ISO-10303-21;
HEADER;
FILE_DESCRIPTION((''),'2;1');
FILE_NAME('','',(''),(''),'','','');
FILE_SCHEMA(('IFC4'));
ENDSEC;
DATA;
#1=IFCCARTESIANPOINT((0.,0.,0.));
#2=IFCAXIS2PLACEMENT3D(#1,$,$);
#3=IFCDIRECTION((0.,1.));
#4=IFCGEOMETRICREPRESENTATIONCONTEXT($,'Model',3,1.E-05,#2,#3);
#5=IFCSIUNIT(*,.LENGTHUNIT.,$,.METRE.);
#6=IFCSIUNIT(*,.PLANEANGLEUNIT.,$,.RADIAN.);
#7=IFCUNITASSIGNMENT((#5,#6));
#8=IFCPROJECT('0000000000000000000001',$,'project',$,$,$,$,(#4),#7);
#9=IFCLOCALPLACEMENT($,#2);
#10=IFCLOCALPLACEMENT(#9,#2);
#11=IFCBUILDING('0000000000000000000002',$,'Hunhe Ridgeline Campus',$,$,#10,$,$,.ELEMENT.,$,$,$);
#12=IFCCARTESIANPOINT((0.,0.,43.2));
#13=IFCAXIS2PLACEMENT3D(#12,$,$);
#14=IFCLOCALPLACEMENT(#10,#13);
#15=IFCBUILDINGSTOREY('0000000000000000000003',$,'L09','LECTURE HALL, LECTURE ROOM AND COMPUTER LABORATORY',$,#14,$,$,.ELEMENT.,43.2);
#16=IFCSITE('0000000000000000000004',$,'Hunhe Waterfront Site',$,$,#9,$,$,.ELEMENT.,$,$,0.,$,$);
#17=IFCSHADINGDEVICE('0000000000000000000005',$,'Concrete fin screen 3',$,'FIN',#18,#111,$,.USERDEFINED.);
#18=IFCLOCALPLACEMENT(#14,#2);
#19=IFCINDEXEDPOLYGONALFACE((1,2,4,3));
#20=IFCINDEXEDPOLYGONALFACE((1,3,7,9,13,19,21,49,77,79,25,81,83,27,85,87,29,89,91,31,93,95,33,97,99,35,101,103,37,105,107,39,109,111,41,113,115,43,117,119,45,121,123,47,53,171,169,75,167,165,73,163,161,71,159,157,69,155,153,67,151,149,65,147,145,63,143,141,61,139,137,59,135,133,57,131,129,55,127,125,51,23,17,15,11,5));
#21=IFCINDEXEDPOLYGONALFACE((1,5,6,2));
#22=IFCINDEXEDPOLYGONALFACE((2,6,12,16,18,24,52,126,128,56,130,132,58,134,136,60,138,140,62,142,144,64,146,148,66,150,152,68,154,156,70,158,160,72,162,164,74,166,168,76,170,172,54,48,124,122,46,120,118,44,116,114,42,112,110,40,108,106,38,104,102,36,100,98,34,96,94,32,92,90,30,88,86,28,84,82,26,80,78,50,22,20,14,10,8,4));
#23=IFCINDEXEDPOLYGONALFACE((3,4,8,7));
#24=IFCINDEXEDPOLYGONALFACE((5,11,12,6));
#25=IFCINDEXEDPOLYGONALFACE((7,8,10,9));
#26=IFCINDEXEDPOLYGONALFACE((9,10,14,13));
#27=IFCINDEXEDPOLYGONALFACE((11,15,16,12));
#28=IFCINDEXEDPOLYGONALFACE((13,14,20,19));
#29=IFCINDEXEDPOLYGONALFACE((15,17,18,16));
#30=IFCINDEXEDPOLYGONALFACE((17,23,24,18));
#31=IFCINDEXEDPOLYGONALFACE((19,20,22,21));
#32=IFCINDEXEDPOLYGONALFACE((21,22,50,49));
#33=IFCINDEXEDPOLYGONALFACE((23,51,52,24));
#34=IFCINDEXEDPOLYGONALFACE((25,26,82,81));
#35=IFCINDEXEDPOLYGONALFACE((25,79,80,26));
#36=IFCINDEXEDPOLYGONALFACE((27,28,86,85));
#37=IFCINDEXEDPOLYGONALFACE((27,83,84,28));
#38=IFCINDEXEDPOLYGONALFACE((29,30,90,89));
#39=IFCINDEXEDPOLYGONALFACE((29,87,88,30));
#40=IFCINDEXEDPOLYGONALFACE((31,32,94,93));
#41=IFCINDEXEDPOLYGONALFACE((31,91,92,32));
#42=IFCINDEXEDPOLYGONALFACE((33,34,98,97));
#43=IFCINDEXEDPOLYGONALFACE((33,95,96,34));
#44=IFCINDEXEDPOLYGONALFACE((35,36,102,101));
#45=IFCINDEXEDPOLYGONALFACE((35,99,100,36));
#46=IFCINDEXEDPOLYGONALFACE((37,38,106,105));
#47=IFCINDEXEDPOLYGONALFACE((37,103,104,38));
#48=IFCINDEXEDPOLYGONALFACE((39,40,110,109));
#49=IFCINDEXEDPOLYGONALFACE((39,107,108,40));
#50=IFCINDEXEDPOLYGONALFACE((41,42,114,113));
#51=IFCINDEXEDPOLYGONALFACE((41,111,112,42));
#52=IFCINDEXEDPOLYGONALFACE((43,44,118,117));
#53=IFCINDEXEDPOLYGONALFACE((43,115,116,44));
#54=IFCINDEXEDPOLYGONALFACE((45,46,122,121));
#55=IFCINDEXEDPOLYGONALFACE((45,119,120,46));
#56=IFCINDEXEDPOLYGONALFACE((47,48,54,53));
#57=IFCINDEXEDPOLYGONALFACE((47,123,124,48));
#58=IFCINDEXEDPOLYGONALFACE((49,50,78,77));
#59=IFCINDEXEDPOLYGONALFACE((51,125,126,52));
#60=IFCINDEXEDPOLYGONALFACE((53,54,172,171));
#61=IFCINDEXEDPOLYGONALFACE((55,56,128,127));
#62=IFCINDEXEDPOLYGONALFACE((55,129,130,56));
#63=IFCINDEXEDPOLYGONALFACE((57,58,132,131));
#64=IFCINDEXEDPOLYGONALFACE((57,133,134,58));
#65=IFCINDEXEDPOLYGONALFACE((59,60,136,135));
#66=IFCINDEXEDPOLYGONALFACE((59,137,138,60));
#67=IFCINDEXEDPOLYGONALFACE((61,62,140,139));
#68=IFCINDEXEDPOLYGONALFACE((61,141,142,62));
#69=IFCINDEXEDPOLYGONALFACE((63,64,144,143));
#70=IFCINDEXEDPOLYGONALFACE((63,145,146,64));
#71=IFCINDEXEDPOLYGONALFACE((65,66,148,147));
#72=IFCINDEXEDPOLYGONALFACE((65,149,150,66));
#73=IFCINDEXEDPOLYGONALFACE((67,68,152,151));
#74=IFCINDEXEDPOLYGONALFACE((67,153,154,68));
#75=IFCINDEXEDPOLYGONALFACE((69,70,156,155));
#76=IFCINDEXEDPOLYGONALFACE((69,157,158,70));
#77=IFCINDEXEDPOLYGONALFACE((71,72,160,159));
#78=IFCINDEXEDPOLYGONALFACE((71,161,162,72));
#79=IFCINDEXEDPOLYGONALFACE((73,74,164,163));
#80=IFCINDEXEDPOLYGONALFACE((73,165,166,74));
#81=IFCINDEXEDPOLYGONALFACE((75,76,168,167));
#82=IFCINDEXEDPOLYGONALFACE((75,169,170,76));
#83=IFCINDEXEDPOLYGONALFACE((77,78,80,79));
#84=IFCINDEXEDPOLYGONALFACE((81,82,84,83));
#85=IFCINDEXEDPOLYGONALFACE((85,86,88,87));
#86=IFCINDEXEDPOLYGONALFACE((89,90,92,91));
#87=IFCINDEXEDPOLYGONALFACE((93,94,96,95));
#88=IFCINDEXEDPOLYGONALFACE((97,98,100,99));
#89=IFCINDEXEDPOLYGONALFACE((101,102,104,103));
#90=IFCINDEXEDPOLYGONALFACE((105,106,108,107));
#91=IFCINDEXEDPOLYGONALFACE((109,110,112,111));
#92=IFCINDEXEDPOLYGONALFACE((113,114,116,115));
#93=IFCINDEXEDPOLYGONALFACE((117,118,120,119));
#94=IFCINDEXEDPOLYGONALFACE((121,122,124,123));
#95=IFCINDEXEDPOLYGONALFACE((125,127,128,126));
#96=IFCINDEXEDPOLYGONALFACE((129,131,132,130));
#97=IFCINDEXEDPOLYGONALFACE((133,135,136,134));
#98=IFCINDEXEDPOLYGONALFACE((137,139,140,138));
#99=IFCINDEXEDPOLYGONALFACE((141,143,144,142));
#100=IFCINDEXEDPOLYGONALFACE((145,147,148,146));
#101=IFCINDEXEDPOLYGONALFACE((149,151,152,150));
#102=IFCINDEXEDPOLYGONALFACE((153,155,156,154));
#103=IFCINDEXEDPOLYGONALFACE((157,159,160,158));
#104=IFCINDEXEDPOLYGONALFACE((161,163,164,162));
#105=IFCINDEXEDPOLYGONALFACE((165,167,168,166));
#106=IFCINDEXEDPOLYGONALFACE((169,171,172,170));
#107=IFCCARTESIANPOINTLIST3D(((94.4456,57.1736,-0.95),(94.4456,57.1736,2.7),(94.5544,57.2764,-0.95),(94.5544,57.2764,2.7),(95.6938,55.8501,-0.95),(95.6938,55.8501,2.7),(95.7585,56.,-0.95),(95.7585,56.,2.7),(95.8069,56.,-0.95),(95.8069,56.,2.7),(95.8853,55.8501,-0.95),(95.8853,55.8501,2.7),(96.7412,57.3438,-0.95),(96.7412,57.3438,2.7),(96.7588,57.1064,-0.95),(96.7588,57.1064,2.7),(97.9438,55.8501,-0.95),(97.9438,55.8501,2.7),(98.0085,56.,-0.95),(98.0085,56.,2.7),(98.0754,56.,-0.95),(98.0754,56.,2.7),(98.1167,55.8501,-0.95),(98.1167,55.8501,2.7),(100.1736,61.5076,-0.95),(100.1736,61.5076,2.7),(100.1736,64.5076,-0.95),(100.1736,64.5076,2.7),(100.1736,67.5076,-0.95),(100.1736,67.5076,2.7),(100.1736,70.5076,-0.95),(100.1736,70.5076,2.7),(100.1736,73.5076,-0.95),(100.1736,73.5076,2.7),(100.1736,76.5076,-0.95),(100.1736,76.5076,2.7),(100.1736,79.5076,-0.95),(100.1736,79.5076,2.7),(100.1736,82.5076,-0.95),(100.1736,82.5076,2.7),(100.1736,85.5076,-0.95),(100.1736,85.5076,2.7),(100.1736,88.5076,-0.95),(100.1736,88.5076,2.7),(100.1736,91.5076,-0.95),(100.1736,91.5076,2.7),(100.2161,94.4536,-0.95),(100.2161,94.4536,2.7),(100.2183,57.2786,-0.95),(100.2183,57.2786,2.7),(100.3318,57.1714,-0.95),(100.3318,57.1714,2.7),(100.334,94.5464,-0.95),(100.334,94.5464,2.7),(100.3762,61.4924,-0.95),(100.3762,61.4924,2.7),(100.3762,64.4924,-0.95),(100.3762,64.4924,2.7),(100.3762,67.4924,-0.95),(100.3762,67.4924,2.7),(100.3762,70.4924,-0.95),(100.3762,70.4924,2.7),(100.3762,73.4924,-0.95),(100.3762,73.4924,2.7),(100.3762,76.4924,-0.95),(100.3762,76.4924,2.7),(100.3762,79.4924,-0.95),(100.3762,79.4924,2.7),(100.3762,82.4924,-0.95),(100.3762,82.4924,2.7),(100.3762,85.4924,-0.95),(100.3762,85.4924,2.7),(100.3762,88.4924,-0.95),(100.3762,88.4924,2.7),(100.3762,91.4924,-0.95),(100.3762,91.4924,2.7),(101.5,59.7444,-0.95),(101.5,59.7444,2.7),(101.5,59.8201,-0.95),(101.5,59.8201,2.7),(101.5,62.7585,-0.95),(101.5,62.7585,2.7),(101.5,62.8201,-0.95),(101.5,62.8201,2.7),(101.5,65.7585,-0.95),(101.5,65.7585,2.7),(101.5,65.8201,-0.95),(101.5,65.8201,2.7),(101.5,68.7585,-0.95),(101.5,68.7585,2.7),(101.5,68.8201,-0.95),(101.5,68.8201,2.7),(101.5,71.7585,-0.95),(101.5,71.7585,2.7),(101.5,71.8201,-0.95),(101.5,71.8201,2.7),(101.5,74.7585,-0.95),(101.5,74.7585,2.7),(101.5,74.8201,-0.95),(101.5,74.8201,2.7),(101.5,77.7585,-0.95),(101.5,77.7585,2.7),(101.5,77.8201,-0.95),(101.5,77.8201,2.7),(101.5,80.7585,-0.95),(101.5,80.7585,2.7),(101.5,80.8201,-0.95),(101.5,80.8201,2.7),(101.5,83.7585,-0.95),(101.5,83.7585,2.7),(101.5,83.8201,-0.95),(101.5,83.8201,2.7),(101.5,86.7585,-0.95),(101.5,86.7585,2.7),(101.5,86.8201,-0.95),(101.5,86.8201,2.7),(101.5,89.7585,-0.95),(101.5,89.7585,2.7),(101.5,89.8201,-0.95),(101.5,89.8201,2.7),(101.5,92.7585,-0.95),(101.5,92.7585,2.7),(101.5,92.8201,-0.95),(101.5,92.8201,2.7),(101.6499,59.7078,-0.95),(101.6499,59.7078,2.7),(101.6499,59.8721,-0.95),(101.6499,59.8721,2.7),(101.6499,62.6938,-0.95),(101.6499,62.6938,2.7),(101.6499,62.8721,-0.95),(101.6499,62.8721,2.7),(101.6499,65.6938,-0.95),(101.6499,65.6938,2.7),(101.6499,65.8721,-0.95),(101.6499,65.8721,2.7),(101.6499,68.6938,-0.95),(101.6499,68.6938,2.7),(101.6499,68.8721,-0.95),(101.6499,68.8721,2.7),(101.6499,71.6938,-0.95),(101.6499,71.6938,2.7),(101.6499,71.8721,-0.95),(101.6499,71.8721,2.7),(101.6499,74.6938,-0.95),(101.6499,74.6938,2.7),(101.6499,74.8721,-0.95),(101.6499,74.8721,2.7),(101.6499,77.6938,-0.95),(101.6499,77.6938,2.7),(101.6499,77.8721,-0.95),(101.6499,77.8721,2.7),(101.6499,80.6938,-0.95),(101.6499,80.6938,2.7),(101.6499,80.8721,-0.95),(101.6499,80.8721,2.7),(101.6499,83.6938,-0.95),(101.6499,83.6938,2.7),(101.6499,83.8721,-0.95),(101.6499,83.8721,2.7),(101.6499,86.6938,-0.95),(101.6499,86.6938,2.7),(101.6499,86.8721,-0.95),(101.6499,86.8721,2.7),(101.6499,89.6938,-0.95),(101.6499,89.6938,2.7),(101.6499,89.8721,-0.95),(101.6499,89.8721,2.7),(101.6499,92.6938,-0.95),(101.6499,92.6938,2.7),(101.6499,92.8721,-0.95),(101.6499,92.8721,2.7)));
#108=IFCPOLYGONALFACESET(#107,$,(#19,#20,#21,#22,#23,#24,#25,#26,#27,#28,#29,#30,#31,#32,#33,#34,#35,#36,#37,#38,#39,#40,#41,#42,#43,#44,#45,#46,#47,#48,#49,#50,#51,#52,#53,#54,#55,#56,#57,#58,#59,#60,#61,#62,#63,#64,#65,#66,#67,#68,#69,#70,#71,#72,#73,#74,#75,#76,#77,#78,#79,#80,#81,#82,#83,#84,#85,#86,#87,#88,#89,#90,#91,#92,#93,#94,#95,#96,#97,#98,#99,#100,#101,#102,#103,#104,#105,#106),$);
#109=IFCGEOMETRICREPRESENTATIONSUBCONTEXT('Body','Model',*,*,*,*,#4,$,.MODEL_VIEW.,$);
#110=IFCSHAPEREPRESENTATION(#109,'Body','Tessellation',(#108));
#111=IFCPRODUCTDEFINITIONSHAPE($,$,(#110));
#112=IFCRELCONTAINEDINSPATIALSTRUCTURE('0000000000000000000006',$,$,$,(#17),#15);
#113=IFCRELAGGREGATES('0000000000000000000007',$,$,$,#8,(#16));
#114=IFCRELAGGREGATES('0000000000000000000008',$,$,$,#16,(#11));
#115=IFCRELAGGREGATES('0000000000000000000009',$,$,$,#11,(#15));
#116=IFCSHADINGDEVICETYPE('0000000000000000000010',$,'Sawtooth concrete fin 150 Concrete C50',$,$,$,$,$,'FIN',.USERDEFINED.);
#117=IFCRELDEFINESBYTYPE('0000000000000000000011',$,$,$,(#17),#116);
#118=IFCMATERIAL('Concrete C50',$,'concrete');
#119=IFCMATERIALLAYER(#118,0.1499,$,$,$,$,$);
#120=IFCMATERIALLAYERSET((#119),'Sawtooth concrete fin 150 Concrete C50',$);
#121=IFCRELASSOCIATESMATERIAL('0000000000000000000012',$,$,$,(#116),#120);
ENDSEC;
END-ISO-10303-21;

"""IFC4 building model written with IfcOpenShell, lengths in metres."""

from ifc_helpers import new_model, si_unit, direction, frame, origin, place, context, subcontext, project, spatial, polyline, outline, extrude, material, layer, layer_set, type_object, element, save


model = new_model("IFC4")

# Units and contexts
model_context = context("Model", 3, precision=1e-05, world=origin(), true_north=direction((0.0, 1.0)))
body_context = subcontext(model_context, "Body", "Model", "MODEL_VIEW")
ifc_project = project(units=[si_unit("LENGTHUNIT", "METRE"), si_unit("PLANEANGLEUNIT", "RADIAN")], contexts=[model_context])

# Site, building, storey
site_placement = place(None, origin())
site = spatial("IfcSite", under=ifc_project, at=site_placement, Name="Hunhe Waterfront Site", CompositionType="ELEMENT", RefElevation=0.0)
building_placement = place(site_placement, origin())
building = spatial("IfcBuilding", under=site, at=building_placement, Name="Hunhe Ridgeline Campus", CompositionType="ELEMENT")
storey_placement = place(building_placement, frame((0.0, 0.0, 43.2)))
storey = spatial("IfcBuildingStorey", under=building, at=storey_placement, Name="L09", Description="LECTURE HALL, LECTURE ROOM AND COMPUTER LABORATORY", CompositionType="ELEMENT", Elevation=43.2)

# Shading device
ifc_material_1 = material(Name="Concrete C50", Category="concrete")
ifc_layer_1 = layer(ifc_material_1, 0.1499)
ifc_layer_set_1 = layer_set([ifc_layer_1], Name="Sawtooth concrete fin 150 Concrete C50")
shading_device_type = type_object("IfcShadingDeviceType", Name="Sawtooth concrete fin 150 Concrete C50", ElementType="FIN", PredefinedType="USERDEFINED", material=ifc_layer_set_1)
shading_device_1_placement = place(storey_placement, frame((0.0, 0.0, -0.95)))
element("IfcShadingDevice", 1, at=shading_device_1_placement, inside=storey, type_object=shading_device_type, Name="Concrete fin screen 3", ObjectType="FIN", PredefinedType="USERDEFINED", context=body_context, shape_type="SweptSolid", body=[
    extrude(outline(polyline([(94.5544, 57.2764), (94.4456, 57.1736), (95.6938, 55.8501), (95.8853, 55.8501), (96.7588, 57.1064), (97.9438, 55.8501), (98.1167, 55.8501), (100.3318, 57.1714), (101.6499, 59.7078), (101.6499, 59.8721), (100.3762, 61.4924), (101.6499, 62.6938), (101.6499, 62.8721), (100.3762, 64.4924), (101.6499, 65.6938), (101.6499, 65.8721), (100.3762, 67.4924), (101.6499, 68.6938), (101.6499, 68.8721), (100.3762, 70.4924), (101.6499, 71.6938), (101.6499, 71.8721), (100.3762, 73.4924), (101.6499, 74.6938), (101.6499, 74.8721), (100.3762, 76.4924), (101.6499, 77.6938), (101.6499, 77.8721), (100.3762, 79.4924), (101.6499, 80.6938), (101.6499, 80.8721), (100.3762, 82.4924), (101.6499, 83.6938), (101.6499, 83.8721), (100.3762, 85.4924), (101.6499, 86.6938), (101.6499, 86.8721), (100.3762, 88.4924), (101.6499, 89.6938), (101.6499, 89.8721), (100.3762, 91.4924), (101.6499, 92.6938), (101.6499, 92.8721), (100.334, 94.5464), (100.2161, 94.4536), (101.5, 92.8201), (101.5, 92.7585), (100.1736, 91.5076), (101.5, 89.8201), (101.5, 89.7585), (100.1736, 88.5076), (101.5, 86.8201), (101.5, 86.7585), (100.1736, 85.5076), (101.5, 83.8201), (101.5, 83.7585), (100.1736, 82.5076), (101.5, 80.8201), (101.5, 80.7585), (100.1736, 79.5076), (101.5, 77.8201), (101.5, 77.7585), (100.1736, 76.5076), (101.5, 74.8201), (101.5, 74.7585), (100.1736, 73.5076), (101.5, 71.8201), (101.5, 71.7585), (100.1736, 70.5076), (101.5, 68.8201), (101.5, 68.7585), (100.1736, 67.5076), (101.5, 65.8201), (101.5, 65.7585), (100.1736, 64.5076), (101.5, 62.8201), (101.5, 62.7585), (100.1736, 61.5076), (101.5, 59.8201), (101.5, 59.7444), (100.2183, 57.2786), (98.0754, 56.0), (98.0085, 56.0), (96.7412, 57.3438), (95.8069, 56.0), (95.7585, 56.0), (94.5544, 57.2764)])), origin(), (0.0, 0.0, 1.0), 3.6499),
])

save(model, "model.ifc")
